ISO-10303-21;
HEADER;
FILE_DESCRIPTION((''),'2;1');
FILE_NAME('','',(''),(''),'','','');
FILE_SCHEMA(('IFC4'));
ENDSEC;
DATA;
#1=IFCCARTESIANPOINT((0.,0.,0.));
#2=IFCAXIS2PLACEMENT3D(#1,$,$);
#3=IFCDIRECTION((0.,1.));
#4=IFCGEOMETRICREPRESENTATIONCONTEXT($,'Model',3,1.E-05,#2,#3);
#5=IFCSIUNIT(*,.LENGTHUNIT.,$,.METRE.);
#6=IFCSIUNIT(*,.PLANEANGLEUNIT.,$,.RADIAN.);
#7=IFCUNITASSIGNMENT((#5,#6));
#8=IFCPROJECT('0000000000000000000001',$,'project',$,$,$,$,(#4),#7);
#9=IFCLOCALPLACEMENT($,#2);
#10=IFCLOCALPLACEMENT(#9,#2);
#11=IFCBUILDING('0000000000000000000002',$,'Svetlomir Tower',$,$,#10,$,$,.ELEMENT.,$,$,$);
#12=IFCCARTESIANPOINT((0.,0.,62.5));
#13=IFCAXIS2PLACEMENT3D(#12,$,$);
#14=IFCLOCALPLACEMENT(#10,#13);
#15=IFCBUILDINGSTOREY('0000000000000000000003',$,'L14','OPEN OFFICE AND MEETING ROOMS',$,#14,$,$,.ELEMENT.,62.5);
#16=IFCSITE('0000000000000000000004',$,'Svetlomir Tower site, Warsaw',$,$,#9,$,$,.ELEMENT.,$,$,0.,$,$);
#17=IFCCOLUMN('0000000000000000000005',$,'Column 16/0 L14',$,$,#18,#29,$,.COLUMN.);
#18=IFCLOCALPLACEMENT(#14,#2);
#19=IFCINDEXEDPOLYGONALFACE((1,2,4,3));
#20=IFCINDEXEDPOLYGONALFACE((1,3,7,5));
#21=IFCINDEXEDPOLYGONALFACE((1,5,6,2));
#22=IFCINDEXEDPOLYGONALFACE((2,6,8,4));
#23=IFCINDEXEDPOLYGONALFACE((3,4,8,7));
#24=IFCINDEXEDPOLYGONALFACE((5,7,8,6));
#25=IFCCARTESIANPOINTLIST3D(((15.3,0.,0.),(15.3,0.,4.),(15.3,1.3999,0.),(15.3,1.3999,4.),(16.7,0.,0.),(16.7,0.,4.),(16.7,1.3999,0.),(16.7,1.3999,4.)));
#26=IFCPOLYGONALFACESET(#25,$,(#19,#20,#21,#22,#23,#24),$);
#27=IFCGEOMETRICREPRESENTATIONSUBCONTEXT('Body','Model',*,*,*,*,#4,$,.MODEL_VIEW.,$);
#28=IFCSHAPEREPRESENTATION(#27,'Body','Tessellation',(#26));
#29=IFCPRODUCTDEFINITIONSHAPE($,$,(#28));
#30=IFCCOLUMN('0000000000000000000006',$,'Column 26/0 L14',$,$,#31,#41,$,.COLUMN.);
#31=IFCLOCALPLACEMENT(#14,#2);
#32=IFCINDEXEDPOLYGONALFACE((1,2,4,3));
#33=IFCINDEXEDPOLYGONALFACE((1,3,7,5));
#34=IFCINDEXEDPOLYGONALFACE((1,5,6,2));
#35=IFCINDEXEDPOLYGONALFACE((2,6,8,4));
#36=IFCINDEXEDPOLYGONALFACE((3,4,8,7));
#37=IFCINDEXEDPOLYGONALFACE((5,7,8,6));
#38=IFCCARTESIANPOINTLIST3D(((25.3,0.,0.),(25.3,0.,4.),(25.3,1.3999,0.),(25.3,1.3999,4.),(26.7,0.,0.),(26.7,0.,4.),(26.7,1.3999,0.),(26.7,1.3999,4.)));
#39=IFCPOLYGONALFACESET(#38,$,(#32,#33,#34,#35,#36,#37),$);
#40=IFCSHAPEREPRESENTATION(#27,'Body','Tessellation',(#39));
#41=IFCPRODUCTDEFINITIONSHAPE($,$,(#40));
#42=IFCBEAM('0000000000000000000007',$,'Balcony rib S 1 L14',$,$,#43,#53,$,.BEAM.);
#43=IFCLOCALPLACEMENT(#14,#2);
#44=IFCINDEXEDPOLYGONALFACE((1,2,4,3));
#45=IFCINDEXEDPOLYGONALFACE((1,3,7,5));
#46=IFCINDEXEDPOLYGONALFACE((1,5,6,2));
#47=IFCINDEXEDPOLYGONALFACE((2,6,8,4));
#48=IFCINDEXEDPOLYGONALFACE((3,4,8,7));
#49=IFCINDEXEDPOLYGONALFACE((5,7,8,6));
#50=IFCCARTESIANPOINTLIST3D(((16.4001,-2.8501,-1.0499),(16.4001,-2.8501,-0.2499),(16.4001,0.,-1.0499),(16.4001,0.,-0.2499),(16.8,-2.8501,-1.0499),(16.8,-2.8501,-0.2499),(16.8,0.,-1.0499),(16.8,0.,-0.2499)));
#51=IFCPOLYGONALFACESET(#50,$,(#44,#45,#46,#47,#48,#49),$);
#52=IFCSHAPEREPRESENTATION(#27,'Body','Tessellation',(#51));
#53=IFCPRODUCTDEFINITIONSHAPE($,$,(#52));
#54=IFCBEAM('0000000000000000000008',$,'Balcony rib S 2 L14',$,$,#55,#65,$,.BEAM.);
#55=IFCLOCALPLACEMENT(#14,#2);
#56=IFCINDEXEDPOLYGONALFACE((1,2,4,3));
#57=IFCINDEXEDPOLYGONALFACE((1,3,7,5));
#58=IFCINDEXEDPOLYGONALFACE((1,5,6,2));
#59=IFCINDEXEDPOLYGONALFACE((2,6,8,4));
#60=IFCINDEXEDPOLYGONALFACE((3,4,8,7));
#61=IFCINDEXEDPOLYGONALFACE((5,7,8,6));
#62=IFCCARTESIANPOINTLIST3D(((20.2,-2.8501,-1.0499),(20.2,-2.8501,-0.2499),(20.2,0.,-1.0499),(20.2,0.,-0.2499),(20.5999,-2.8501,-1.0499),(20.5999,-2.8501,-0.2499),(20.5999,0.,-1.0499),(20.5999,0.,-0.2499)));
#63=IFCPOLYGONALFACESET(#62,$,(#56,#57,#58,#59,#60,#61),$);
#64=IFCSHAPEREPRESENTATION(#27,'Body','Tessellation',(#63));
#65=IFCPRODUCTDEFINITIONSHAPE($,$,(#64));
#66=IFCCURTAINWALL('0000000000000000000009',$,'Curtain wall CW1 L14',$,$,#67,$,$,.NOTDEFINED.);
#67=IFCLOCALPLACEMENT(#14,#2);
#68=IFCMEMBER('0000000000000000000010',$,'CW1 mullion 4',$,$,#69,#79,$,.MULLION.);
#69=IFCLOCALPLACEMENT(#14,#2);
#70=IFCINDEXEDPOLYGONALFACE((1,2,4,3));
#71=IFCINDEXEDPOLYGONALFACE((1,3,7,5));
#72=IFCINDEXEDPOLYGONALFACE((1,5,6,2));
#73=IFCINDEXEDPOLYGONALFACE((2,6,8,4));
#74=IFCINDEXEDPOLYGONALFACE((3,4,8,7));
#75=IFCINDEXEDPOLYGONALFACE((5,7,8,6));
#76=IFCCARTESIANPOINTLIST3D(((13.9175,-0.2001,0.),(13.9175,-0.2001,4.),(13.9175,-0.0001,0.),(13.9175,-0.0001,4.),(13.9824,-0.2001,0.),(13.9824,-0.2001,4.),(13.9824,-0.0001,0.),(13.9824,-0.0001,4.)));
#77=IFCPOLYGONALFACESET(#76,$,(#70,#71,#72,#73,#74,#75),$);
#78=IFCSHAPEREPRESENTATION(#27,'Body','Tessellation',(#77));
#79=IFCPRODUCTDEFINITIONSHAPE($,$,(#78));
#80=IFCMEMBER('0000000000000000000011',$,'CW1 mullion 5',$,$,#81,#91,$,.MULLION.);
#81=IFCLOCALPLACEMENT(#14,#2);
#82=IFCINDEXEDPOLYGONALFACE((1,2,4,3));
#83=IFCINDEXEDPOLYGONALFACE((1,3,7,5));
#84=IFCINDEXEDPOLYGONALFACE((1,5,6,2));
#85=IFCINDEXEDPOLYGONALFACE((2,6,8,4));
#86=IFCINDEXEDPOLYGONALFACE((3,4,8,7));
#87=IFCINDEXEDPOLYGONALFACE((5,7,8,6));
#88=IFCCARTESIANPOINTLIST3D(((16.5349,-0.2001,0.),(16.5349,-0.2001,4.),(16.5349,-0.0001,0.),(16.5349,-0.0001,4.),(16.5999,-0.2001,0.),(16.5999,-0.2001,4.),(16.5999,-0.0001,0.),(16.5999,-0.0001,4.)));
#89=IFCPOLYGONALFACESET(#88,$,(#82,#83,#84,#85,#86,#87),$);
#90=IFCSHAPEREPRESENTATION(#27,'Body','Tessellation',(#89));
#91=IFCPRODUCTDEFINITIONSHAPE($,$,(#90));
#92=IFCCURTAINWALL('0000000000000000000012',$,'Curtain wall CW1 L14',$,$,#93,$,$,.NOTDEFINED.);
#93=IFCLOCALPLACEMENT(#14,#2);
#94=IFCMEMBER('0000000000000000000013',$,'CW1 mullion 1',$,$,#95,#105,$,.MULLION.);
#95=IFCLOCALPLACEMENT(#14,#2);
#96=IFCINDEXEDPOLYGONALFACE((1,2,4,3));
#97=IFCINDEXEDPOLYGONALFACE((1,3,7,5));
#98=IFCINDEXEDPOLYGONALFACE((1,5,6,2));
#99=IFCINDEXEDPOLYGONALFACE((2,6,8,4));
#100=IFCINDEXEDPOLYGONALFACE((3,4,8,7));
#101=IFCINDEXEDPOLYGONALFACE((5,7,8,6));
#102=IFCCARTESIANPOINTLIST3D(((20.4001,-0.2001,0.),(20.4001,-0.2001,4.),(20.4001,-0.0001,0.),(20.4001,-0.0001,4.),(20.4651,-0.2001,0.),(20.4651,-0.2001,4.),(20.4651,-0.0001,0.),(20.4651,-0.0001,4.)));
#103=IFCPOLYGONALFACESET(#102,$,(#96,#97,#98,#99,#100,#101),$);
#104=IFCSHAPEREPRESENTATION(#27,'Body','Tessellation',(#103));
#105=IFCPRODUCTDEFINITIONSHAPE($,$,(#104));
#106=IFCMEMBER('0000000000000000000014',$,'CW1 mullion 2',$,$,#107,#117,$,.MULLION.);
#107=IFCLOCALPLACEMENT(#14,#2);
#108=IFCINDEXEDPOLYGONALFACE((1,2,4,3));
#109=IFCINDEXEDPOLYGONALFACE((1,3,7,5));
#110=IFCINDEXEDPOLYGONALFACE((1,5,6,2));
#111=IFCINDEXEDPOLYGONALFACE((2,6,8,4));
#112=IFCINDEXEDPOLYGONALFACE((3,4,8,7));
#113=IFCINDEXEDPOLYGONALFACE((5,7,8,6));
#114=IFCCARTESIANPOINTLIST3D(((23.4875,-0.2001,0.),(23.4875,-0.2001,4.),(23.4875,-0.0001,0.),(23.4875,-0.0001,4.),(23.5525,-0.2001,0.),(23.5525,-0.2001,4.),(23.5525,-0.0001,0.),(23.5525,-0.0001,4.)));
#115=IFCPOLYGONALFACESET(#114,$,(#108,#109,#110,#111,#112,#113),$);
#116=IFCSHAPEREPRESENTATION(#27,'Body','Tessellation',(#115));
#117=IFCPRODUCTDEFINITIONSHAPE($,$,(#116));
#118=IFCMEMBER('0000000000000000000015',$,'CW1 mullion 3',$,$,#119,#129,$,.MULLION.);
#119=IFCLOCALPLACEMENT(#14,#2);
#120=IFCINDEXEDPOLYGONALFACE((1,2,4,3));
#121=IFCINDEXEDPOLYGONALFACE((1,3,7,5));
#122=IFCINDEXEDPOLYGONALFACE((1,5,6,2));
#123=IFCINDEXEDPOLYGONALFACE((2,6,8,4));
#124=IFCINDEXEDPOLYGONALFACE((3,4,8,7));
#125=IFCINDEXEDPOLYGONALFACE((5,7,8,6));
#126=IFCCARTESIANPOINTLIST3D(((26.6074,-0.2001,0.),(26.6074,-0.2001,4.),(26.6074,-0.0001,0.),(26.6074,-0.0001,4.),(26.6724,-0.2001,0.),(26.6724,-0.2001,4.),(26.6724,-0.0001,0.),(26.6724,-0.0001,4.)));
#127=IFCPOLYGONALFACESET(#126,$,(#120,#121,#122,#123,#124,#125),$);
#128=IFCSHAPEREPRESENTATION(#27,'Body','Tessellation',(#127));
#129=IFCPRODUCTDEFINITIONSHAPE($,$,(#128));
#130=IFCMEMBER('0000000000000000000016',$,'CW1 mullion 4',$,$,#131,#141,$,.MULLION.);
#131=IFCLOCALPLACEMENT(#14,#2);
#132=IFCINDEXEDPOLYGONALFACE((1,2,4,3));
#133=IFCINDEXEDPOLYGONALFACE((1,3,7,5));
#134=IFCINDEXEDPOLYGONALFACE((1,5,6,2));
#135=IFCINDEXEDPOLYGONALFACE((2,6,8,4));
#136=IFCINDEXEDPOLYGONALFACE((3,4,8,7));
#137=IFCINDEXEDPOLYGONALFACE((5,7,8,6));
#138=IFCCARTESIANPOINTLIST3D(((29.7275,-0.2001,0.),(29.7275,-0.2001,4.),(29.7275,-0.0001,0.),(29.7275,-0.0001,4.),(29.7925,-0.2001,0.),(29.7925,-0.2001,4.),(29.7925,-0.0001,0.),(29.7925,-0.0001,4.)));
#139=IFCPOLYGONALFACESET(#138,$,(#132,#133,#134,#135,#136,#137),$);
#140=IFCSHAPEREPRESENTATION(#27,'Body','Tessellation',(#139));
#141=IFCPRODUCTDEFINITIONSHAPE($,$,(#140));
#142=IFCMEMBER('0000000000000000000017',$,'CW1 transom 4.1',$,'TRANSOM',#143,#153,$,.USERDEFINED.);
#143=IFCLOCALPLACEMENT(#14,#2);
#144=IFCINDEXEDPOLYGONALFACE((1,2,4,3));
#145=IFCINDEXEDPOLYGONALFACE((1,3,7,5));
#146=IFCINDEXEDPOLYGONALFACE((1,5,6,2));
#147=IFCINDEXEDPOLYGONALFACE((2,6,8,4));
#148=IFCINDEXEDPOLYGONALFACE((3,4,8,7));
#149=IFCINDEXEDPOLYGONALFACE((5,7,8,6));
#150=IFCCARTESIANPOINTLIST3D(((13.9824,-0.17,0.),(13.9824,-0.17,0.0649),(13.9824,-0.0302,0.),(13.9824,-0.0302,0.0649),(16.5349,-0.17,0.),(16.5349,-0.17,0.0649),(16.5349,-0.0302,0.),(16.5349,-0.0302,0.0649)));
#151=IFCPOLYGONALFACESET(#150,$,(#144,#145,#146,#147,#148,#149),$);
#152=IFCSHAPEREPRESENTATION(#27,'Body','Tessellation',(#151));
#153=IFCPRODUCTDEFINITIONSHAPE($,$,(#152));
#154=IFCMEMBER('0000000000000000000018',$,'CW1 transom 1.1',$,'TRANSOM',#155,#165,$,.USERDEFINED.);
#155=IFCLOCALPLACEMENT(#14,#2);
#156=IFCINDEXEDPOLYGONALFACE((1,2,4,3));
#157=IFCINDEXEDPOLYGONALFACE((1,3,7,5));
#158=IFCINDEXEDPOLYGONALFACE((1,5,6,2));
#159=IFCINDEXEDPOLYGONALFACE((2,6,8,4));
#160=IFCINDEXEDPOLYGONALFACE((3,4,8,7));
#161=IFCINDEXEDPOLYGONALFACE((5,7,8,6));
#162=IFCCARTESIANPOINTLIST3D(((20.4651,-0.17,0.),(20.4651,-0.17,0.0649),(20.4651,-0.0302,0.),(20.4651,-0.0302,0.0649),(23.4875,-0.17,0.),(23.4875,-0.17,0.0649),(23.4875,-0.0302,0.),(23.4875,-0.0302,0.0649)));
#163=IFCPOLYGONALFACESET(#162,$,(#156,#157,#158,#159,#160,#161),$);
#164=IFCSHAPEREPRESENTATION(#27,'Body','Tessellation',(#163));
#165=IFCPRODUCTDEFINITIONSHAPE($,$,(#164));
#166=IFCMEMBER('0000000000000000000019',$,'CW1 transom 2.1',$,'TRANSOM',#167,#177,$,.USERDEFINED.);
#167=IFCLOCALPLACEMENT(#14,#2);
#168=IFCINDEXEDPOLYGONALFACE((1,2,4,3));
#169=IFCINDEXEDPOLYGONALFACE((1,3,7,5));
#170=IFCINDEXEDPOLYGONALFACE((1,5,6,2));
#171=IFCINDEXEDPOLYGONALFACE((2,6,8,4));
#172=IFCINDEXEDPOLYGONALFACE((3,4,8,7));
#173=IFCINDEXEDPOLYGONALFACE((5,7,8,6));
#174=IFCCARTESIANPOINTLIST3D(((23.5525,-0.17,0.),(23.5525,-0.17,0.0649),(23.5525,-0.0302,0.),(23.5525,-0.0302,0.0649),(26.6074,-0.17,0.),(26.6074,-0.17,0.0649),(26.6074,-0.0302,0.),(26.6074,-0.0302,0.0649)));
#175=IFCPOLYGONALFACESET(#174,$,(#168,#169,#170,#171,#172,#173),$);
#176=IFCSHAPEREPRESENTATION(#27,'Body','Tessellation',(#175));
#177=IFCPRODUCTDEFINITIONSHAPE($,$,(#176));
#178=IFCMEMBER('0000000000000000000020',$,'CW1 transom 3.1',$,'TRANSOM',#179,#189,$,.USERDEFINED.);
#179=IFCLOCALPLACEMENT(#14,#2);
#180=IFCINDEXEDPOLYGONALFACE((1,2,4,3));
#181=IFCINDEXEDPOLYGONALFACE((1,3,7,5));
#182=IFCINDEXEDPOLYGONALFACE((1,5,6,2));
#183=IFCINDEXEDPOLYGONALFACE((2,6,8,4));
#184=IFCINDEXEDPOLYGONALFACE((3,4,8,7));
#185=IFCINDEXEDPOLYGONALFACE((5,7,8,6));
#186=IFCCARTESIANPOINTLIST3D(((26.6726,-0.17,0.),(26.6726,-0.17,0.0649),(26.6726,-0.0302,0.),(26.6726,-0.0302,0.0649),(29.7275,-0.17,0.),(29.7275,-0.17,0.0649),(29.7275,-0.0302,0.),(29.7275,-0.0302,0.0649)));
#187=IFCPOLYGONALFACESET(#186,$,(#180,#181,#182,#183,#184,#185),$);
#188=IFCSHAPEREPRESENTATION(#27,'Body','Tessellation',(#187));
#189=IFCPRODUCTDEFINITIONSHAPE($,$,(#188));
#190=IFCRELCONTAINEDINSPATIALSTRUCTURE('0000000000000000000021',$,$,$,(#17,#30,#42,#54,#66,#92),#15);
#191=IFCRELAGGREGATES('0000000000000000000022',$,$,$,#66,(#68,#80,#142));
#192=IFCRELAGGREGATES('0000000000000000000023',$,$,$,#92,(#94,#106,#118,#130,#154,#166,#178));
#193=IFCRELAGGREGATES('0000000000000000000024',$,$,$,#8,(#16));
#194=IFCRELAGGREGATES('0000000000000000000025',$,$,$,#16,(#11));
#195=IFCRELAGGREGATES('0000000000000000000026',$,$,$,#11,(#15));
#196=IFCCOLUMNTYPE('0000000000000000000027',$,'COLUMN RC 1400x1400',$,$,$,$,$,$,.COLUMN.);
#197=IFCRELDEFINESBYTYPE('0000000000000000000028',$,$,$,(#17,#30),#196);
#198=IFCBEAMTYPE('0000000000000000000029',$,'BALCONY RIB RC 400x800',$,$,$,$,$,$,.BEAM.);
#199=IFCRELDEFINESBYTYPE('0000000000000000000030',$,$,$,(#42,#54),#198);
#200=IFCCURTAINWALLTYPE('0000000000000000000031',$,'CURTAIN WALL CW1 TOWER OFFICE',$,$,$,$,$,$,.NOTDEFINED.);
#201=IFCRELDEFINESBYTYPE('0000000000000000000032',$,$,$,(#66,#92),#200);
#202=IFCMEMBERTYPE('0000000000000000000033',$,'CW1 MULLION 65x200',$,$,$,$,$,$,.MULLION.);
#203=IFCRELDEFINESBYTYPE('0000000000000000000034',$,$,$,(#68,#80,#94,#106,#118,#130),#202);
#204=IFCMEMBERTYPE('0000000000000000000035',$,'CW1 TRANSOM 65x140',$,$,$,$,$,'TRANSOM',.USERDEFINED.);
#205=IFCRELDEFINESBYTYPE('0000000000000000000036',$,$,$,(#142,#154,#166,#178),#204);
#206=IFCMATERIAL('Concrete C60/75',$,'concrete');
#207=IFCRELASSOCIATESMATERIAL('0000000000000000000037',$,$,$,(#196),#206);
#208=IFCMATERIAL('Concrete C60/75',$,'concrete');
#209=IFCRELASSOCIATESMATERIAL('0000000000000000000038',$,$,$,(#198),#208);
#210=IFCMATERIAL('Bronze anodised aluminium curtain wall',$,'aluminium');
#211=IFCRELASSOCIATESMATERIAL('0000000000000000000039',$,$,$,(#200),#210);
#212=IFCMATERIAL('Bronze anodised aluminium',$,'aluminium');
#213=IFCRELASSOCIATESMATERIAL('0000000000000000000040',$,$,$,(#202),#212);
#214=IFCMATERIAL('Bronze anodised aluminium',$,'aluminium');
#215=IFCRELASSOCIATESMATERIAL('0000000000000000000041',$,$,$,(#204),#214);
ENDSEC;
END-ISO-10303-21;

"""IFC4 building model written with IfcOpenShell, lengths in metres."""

from ifc_helpers import new_model, si_unit, direction, frame, origin, origin_2d, place, context, subcontext, project, spatial, rectangle, extrude, material, material_profile, profile_set, type_object, element, aggregate, save


model = new_model("IFC4")

# Units and contexts
model_context = context("Model", 3, precision=1e-05, world=origin(), true_north=direction((0.0, 1.0)))
body_context = subcontext(model_context, "Body", "Model", "MODEL_VIEW")
ifc_project = project(units=[si_unit("LENGTHUNIT", "METRE"), si_unit("PLANEANGLEUNIT", "RADIAN")], contexts=[model_context])

# Site, building, storey
site_placement = place(None, origin())
site = spatial("IfcSite", under=ifc_project, at=site_placement, Name="Svetlomir Tower site, Warsaw", CompositionType="ELEMENT", RefElevation=0.0)
building_placement = place(site_placement, origin())
building = spatial("IfcBuilding", under=site, at=building_placement, Name="Svetlomir Tower", CompositionType="ELEMENT")
storey_placement = place(building_placement, frame((0.0, 0.0, 62.5)))
storey = spatial("IfcBuildingStorey", under=building, at=storey_placement, Name="L14", Description="OPEN OFFICE AND MEETING ROOMS", CompositionType="ELEMENT", Elevation=62.5)

# Columns
ifc_material_1 = material(Name="Concrete C60/75", Category="concrete")
ifc_material_profile_1 = material_profile(ifc_material_1, rectangle(XDim=1.3999, YDim=1.3999, at=origin_2d()), Name="RC 1400x1400")
ifc_profile_set_1 = profile_set([ifc_material_profile_1], Name="Concrete C60/75")
column_type = type_object("IfcColumnType", Name="COLUMN RC 1400x1400", PredefinedType="COLUMN", material=ifc_profile_set_1)
for number, where, z_axis, x_axis, name in (
    (1, (16.0, 0.7, 0.0), (0.0, 0.0, 1.0), (1.0, 0.0, 0.0), "Column 16/0 L14"),
    (2, (26.0, 0.7, 0.0), (0.0, 0.0, 1.0), (1.0, 0.0, 0.0), "Column 26/0 L14"),
):
    element("IfcColumn", number, at=place(storey_placement, frame(where, z_axis=z_axis, x_axis=x_axis)), inside=storey, type_object=column_type, Name=name, PredefinedType="COLUMN", context=body_context, shape_type="SweptSolid", body=[
        extrude(rectangle(XDim=1.3999, YDim=1.3999, at=origin_2d()), origin(), (0.0, 0.0, 1.0), 4.0),
    ])

# Beams
ifc_material_2 = material(Name="Concrete C60/75", Category="concrete")
ifc_material_profile_2 = material_profile(ifc_material_2, rectangle(XDim=0.3999, YDim=0.8, at=origin_2d()), Name="RC 400x800")
ifc_profile_set_2 = profile_set([ifc_material_profile_2], Name="Concrete C60/75")
beam_type_1 = type_object("IfcBeamType", Name="BALCONY RIB RC 400x800", PredefinedType="BEAM", material=ifc_profile_set_2)
for number, where, z_axis, x_axis, name in (
    (3, (16.6001, 0.0, -0.6499), (0.0, -1.0, 0.0), (1.0, 0.0, 0.0), "Balcony rib S 1 L14"),
    (4, (20.3999, 0.0, -0.6499), (0.0, -1.0, 0.0), (1.0, 0.0, 0.0), "Balcony rib S 2 L14"),
):
    element("IfcBeam", number, at=place(storey_placement, frame(where, z_axis=z_axis, x_axis=x_axis)), inside=storey, type_object=beam_type_1, Name=name, PredefinedType="BEAM", context=body_context, shape_type="SweptSolid", body=[
        extrude(rectangle(XDim=0.3999, YDim=0.8, at=origin_2d()), origin(), (0.0, 0.0, 1.0), 2.8501),
    ])

# Curtain walls, members
ifc_material_3 = material(Name="Bronze anodised aluminium curtain wall", Category="aluminium")
curtain_wall_type = type_object("IfcCurtainWallType", Name="CURTAIN WALL CW1 TOWER OFFICE", PredefinedType="NOTDEFINED", material=ifc_material_3)
curtain_wall_1_placement = place(storey_placement, origin())
curtain_wall_1 = element("IfcCurtainWall", 5, at=curtain_wall_1_placement, inside=storey, type_object=curtain_wall_type, Name="Curtain wall CW1 L14", PredefinedType="NOTDEFINED")
ifc_material_4 = material(Name="Bronze anodised aluminium", Category="aluminium")
ifc_material_profile_3 = material_profile(ifc_material_4, rectangle(XDim=0.0649, YDim=0.2, at=origin_2d()), Name="AL 65x200")
ifc_profile_set_3 = profile_set([ifc_material_profile_3], Name="Bronze anodised aluminium 6063-T6")
member_type_1 = type_object("IfcMemberType", Name="CW1 MULLION 65x200", PredefinedType="MULLION", material=ifc_profile_set_3)
member_1_placement = place(storey_placement, frame((13.95, -0.1001, 0.0), z_axis=(0.0, 0.0, 1.0), x_axis=(1.0, 0.0, 0.0)))
member_1 = element("IfcMember", 6, at=member_1_placement, type_object=member_type_1, Name="CW1 mullion 4", PredefinedType="MULLION", context=body_context, shape_type="SweptSolid", body=[
    extrude(rectangle(XDim=0.0649, YDim=0.2, at=origin_2d()), origin(), (0.0, 0.0, 1.0), 4.0),
])
member_2_placement = place(storey_placement, frame((16.5674, -0.1001, 0.0), z_axis=(0.0, 0.0, 1.0), x_axis=(1.0, 0.0, 0.0)))
member_2 = element("IfcMember", 7, at=member_2_placement, type_object=member_type_1, Name="CW1 mullion 5", PredefinedType="MULLION", context=body_context, shape_type="SweptSolid", body=[
    extrude(rectangle(XDim=0.0649, YDim=0.2, at=origin_2d()), origin(), (0.0, 0.0, 1.0), 4.0),
])
curtain_wall_2_placement = place(storey_placement, origin())
curtain_wall_2 = element("IfcCurtainWall", 8, at=curtain_wall_2_placement, inside=storey, type_object=curtain_wall_type, Name="Curtain wall CW1 L14", PredefinedType="NOTDEFINED")
member_3_placement = place(storey_placement, frame((20.4326, -0.1001, 0.0), z_axis=(0.0, 0.0, 1.0), x_axis=(1.0, 0.0, 0.0)))
member_3 = element("IfcMember", 9, at=member_3_placement, type_object=member_type_1, Name="CW1 mullion 1", PredefinedType="MULLION", context=body_context, shape_type="SweptSolid", body=[
    extrude(rectangle(XDim=0.0649, YDim=0.2, at=origin_2d()), origin(), (0.0, 0.0, 1.0), 4.0),
])
member_4_placement = place(storey_placement, frame((23.52, -0.1001, 0.0), z_axis=(0.0, 0.0, 1.0), x_axis=(1.0, 0.0, 0.0)))
member_4 = element("IfcMember", 10, at=member_4_placement, type_object=member_type_1, Name="CW1 mullion 2", PredefinedType="MULLION", context=body_context, shape_type="SweptSolid", body=[
    extrude(rectangle(XDim=0.0649, YDim=0.2, at=origin_2d()), origin(), (0.0, 0.0, 1.0), 4.0),
])
member_5_placement = place(storey_placement, frame((26.6399, -0.1001, 0.0), z_axis=(0.0, 0.0, 1.0), x_axis=(1.0, 0.0, 0.0)))
member_5 = element("IfcMember", 11, at=member_5_placement, type_object=member_type_1, Name="CW1 mullion 3", PredefinedType="MULLION", context=body_context, shape_type="SweptSolid", body=[
    extrude(rectangle(XDim=0.0649, YDim=0.2, at=origin_2d()), origin(), (0.0, 0.0, 1.0), 4.0),
])
member_6_placement = place(storey_placement, frame((29.76, -0.1001, 0.0), z_axis=(0.0, 0.0, 1.0), x_axis=(1.0, 0.0, 0.0)))
member_6 = element("IfcMember", 12, at=member_6_placement, type_object=member_type_1, Name="CW1 mullion 4", PredefinedType="MULLION", context=body_context, shape_type="SweptSolid", body=[
    extrude(rectangle(XDim=0.0649, YDim=0.2, at=origin_2d()), origin(), (0.0, 0.0, 1.0), 4.0),
])

# Members
ifc_material_5 = material(Name="Bronze anodised aluminium", Category="aluminium")
ifc_material_profile_4 = material_profile(ifc_material_5, rectangle(XDim=0.1399, YDim=0.0649, at=origin_2d()), Name="AL 140x65")
ifc_profile_set_4 = profile_set([ifc_material_profile_4], Name="Bronze anodised aluminium 6063-T6")
member_type_2 = type_object("IfcMemberType", Name="CW1 TRANSOM 65x140", ElementType="TRANSOM", PredefinedType="USERDEFINED", material=ifc_profile_set_4)
member_7_placement = place(storey_placement, frame((13.9824, -0.1001, 0.0325), z_axis=(1.0, 0.0, 0.0), x_axis=(0.0, 1.0, 0.0)))
member_7 = element("IfcMember", 13, at=member_7_placement, type_object=member_type_2, Name="CW1 transom 4.1", ObjectType="TRANSOM", PredefinedType="USERDEFINED", context=body_context, shape_type="SweptSolid", body=[
    extrude(rectangle(XDim=0.1399, YDim=0.0649, at=origin_2d()), origin(), (0.0, 0.0, 1.0), 2.5525),
])
member_8_placement = place(storey_placement, frame((20.4651, -0.1001, 0.0325), z_axis=(1.0, 0.0, 0.0), x_axis=(0.0, 1.0, 0.0)))
member_8 = element("IfcMember", 14, at=member_8_placement, type_object=member_type_2, Name="CW1 transom 1.1", ObjectType="TRANSOM", PredefinedType="USERDEFINED", context=body_context, shape_type="SweptSolid", body=[
    extrude(rectangle(XDim=0.1399, YDim=0.0649, at=origin_2d()), origin(), (0.0, 0.0, 1.0), 3.0225),
])
member_9_placement = place(storey_placement, frame((23.5525, -0.1001, 0.0325), z_axis=(1.0, 0.0, 0.0), x_axis=(0.0, 1.0, 0.0)))
member_9 = element("IfcMember", 15, at=member_9_placement, type_object=member_type_2, Name="CW1 transom 2.1", ObjectType="TRANSOM", PredefinedType="USERDEFINED", context=body_context, shape_type="SweptSolid", body=[
    extrude(rectangle(XDim=0.1399, YDim=0.0649, at=origin_2d()), origin(), (0.0, 0.0, 1.0), 3.0549),
])
member_10_placement = place(storey_placement, frame((26.6726, -0.1001, 0.0325), z_axis=(1.0, 0.0, 0.0), x_axis=(0.0, 1.0, 0.0)))
member_10 = element("IfcMember", 16, at=member_10_placement, type_object=member_type_2, Name="CW1 transom 3.1", ObjectType="TRANSOM", PredefinedType="USERDEFINED", context=body_context, shape_type="SweptSolid", body=[
    extrude(rectangle(XDim=0.1399, YDim=0.0649, at=origin_2d()), origin(), (0.0, 0.0, 1.0), 3.0549),
])

aggregate(curtain_wall_1, [member_1, member_2, member_7])
aggregate(curtain_wall_2, [member_3, member_4, member_5, member_6, member_8, member_9, member_10])

save(model, "model.ifc")
